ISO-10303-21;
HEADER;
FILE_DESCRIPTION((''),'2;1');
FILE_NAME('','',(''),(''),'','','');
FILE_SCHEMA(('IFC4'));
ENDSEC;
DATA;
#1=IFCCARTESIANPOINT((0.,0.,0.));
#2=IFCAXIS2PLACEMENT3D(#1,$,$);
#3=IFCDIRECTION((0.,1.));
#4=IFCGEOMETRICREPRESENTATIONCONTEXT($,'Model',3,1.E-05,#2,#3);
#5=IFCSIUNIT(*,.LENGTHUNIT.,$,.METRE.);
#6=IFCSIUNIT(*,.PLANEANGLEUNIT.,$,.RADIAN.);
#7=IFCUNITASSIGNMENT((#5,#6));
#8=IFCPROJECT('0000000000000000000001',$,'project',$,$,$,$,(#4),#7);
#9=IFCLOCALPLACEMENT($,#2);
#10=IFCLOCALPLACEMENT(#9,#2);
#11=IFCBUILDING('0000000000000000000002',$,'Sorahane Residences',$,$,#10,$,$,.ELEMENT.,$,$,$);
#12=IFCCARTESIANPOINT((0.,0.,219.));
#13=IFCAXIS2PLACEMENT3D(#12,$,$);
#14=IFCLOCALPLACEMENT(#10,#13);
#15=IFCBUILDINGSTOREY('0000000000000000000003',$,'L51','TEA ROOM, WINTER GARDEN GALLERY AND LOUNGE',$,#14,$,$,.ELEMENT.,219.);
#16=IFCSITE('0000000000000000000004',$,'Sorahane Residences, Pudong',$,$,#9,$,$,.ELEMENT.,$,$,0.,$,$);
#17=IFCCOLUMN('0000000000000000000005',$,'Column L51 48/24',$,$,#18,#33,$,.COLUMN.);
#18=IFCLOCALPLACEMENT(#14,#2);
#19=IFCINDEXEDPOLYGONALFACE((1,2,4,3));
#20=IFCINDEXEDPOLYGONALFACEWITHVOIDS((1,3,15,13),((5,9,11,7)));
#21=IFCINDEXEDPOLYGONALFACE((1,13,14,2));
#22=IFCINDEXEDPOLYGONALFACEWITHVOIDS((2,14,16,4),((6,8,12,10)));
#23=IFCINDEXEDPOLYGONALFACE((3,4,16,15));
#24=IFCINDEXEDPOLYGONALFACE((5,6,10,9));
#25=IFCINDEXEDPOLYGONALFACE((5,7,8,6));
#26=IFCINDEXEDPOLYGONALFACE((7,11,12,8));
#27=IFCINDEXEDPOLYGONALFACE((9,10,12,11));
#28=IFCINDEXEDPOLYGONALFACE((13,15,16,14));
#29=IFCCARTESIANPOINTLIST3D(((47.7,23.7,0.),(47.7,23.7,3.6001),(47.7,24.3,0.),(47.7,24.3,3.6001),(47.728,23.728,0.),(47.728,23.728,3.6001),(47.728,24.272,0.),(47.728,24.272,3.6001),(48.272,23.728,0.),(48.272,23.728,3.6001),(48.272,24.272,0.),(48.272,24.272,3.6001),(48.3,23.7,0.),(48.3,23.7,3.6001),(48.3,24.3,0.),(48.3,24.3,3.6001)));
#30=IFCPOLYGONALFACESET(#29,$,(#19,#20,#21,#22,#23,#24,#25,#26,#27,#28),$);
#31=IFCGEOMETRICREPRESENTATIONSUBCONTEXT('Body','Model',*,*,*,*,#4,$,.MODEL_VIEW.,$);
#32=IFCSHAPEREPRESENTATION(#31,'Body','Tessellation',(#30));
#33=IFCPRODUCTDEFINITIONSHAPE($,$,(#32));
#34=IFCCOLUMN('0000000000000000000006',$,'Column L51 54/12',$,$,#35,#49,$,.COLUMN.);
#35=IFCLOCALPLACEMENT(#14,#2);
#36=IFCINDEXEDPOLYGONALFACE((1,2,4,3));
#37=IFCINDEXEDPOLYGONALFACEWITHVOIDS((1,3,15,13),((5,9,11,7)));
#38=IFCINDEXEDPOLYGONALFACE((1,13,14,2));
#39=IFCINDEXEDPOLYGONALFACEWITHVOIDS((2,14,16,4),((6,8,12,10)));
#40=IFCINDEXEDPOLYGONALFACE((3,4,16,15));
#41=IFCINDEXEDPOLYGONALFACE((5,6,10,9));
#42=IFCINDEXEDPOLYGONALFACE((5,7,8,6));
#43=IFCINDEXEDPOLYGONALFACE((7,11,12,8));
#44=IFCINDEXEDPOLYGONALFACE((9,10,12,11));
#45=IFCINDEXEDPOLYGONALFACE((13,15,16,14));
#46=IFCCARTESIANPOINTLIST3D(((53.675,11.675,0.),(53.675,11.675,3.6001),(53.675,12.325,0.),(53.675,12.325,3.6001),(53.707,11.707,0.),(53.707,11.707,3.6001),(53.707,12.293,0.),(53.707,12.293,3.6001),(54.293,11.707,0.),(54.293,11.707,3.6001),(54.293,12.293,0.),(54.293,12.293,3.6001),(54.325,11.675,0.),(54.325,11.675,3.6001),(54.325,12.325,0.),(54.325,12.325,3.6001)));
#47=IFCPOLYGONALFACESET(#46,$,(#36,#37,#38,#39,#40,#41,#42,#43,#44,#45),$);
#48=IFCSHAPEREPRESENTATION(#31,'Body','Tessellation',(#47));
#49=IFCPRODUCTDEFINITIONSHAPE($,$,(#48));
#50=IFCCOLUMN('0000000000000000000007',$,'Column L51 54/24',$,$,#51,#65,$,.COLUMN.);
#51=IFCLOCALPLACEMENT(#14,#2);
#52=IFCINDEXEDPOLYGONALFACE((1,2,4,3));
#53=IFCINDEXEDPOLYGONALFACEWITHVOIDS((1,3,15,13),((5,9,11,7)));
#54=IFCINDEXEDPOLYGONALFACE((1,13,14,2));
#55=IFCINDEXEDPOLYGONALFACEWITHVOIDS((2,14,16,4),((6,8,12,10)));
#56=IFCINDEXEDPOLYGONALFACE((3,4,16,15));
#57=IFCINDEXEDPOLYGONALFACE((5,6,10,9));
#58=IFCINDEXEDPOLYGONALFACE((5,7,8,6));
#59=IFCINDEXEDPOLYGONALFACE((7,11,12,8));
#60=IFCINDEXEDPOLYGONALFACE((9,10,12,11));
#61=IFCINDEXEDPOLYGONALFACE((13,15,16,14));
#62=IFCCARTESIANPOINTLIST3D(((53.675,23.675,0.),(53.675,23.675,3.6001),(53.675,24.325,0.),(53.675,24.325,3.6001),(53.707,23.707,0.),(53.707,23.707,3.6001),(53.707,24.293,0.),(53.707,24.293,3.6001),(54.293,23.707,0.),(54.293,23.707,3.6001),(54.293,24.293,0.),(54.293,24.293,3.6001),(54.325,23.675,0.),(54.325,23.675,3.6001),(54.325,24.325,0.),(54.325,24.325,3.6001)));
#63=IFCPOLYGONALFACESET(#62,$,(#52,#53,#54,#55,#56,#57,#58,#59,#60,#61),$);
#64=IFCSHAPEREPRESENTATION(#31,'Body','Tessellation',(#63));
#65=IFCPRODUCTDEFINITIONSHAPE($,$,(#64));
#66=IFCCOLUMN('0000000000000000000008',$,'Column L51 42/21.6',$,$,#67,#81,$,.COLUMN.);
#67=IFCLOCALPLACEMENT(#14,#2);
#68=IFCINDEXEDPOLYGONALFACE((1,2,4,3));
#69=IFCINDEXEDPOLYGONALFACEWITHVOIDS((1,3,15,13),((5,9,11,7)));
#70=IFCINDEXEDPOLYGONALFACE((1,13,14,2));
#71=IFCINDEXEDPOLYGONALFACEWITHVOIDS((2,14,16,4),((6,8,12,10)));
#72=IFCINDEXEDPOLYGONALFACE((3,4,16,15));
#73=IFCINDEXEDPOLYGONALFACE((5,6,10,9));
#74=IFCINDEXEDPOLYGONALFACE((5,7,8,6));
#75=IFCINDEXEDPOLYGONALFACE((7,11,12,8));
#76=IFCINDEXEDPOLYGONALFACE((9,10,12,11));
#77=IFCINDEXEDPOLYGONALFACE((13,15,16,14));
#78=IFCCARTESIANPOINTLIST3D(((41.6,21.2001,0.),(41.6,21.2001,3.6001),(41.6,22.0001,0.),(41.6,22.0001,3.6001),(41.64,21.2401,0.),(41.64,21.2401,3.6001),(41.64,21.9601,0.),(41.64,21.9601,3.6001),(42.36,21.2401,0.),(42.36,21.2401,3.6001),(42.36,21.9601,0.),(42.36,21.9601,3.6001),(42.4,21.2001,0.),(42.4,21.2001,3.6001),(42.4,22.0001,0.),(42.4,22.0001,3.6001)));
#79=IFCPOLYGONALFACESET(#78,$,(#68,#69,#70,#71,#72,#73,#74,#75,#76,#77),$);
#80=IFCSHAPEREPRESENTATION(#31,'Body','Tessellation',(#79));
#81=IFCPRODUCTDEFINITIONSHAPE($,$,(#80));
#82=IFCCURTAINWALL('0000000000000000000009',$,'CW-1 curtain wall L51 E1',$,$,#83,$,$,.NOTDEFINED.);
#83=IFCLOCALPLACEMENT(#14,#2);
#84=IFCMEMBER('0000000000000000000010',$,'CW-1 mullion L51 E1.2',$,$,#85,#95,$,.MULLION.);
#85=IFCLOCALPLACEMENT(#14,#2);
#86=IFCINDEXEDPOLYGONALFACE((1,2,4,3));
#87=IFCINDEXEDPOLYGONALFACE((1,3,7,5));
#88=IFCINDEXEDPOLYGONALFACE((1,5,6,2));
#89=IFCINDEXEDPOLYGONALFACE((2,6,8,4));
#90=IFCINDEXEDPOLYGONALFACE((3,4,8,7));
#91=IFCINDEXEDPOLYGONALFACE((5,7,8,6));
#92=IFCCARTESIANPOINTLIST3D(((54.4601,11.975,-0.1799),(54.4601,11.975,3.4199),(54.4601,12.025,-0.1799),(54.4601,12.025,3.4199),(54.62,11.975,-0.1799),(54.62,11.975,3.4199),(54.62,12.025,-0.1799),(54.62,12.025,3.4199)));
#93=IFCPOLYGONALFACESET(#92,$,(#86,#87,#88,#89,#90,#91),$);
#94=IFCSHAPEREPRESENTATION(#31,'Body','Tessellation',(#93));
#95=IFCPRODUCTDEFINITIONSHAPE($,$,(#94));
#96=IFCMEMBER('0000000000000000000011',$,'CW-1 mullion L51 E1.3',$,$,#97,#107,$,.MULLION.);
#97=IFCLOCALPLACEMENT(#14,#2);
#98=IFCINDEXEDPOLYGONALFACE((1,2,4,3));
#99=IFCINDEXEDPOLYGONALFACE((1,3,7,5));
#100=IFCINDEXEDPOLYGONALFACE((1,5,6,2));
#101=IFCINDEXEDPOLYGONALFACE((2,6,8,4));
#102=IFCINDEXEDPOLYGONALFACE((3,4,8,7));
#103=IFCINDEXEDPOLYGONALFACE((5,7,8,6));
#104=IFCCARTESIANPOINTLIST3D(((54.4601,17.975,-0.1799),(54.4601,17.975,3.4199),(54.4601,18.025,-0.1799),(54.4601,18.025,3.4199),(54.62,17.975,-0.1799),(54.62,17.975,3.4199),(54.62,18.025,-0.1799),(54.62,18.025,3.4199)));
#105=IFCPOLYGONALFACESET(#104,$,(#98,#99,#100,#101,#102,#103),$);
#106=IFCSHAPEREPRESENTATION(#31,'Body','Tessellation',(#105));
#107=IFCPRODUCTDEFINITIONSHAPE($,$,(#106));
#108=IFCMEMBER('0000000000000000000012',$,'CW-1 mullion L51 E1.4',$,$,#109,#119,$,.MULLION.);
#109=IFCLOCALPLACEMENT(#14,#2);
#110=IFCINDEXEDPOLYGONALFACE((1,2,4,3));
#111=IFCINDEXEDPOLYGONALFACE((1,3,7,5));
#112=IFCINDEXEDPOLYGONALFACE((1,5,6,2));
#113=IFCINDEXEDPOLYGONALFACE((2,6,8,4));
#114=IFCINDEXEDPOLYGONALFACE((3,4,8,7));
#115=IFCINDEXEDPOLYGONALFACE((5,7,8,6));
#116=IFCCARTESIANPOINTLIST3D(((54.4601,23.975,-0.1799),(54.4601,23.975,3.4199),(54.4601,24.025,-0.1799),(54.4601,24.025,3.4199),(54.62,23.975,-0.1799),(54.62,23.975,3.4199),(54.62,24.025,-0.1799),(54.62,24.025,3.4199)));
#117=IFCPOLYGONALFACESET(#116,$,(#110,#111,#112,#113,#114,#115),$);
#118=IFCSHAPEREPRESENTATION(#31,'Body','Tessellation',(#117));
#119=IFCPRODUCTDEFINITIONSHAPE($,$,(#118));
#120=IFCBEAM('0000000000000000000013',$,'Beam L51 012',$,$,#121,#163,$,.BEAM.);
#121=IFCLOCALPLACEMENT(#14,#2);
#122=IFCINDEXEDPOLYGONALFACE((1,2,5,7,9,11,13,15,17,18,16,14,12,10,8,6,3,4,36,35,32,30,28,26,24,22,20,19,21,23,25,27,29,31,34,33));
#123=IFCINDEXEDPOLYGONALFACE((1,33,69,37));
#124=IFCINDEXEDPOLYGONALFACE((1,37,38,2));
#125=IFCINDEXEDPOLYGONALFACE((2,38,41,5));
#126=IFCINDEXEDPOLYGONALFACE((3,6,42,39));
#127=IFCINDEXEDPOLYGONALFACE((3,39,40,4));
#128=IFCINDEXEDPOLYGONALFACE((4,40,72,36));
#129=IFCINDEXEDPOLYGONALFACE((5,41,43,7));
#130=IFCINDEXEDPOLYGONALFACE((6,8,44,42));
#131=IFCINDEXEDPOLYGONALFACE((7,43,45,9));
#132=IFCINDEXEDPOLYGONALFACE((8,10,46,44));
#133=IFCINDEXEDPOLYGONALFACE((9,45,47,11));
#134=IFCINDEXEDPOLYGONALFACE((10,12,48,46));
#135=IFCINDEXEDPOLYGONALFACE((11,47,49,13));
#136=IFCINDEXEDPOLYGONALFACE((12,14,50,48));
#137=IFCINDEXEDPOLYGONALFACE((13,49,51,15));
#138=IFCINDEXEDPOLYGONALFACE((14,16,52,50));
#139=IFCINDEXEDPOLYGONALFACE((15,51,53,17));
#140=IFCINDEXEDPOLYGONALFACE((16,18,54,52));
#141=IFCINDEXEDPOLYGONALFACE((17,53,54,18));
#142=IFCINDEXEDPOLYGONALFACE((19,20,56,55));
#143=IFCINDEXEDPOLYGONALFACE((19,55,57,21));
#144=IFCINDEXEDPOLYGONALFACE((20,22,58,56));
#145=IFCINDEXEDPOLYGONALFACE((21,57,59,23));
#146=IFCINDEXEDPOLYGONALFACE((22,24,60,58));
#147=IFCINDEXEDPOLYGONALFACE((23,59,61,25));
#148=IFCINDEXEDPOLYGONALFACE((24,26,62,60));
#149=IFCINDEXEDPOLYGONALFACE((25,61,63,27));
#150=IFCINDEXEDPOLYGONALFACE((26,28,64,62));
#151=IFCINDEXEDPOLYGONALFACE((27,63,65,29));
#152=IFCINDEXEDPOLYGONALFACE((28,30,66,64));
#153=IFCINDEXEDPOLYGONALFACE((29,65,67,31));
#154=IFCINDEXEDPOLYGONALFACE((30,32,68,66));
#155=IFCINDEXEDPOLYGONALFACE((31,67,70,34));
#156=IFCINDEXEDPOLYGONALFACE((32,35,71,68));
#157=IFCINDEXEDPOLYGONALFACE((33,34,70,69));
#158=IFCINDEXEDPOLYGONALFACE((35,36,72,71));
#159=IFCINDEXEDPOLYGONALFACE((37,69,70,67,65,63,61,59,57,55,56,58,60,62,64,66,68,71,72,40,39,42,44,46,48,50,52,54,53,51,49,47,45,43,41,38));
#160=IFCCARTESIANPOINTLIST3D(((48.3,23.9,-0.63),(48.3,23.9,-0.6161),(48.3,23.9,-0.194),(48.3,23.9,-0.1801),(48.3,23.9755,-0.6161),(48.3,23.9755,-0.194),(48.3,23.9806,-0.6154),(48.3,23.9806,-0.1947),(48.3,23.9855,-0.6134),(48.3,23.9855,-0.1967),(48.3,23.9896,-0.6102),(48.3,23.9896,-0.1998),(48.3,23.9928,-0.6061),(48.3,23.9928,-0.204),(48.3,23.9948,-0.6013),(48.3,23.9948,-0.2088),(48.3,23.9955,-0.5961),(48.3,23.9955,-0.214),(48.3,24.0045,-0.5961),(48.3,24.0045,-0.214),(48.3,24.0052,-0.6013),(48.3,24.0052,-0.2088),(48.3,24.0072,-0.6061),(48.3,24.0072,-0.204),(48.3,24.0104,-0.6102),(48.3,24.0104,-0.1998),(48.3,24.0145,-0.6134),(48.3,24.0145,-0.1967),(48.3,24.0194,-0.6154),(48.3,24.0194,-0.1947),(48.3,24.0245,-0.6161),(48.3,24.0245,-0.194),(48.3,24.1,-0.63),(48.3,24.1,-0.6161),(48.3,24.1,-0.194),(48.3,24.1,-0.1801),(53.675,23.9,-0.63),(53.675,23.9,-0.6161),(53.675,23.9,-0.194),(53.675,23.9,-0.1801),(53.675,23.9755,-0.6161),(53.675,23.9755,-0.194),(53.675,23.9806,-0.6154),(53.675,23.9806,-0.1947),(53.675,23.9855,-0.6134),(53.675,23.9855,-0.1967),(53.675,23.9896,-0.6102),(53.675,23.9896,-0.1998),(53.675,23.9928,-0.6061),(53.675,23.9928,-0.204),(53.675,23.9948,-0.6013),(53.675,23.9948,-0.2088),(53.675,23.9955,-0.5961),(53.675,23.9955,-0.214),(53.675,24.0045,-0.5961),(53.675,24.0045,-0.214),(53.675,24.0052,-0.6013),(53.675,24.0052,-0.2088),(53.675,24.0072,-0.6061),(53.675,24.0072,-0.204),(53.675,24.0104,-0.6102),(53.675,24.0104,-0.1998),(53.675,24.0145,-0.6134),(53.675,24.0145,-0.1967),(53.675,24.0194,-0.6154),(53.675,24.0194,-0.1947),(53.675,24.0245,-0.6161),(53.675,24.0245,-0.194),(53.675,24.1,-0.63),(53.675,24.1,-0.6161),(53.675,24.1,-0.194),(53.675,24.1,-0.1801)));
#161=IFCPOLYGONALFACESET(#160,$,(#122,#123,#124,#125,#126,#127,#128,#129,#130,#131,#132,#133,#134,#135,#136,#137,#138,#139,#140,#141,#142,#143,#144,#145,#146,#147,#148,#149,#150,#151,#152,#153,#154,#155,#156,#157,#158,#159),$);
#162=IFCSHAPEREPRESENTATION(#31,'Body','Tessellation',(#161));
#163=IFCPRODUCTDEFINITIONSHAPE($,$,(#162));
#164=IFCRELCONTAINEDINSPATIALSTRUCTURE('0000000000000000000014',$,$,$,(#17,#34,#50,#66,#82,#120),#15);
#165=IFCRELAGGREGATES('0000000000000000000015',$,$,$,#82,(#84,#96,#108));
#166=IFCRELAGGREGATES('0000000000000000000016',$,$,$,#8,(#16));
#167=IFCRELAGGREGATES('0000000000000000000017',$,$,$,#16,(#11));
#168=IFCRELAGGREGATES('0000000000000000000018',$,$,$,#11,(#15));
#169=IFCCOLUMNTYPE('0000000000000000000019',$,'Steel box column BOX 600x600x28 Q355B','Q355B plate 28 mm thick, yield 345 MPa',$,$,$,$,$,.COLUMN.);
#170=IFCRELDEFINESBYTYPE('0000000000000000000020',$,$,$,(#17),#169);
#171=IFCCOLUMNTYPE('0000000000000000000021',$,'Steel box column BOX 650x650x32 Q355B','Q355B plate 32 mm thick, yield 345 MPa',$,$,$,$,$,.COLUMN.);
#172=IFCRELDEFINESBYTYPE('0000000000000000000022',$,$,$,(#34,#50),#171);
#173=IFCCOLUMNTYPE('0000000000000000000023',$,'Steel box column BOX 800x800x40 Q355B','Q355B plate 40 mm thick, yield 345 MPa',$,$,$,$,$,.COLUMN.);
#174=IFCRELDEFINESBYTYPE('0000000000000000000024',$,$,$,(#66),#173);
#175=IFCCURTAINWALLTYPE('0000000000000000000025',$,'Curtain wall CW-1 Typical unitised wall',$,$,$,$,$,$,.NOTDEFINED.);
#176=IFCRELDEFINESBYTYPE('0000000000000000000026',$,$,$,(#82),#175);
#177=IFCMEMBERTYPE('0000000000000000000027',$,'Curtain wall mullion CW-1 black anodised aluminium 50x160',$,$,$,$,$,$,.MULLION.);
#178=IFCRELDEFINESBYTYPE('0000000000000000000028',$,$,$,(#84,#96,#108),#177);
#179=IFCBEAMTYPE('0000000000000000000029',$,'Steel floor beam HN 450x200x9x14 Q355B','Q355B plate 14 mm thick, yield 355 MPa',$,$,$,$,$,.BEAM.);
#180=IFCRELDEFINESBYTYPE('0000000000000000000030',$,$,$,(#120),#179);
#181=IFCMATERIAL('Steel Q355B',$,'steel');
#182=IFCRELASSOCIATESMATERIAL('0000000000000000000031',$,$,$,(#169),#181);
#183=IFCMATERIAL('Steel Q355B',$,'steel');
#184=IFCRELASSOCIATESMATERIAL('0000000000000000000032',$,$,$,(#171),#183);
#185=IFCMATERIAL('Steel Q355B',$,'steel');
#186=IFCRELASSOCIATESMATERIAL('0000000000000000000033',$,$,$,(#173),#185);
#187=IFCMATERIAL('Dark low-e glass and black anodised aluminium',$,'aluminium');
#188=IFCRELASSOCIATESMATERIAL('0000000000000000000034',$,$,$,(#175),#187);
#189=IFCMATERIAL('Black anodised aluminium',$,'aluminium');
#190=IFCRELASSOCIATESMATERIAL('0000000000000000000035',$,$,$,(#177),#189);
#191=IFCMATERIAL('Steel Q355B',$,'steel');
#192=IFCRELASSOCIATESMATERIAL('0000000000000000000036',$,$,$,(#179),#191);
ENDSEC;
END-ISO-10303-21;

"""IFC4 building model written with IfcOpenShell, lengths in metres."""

from ifc_helpers import new_model, si_unit, direction, frame, origin, origin_2d, place, context, subcontext, project, spatial, rectangle, hollow_rectangle, i_section, extrude, material, material_profile, profile_set, type_object, element, aggregate, save


model = new_model("IFC4")

# Units and contexts
model_context = context("Model", 3, precision=1e-05, world=origin(), true_north=direction((0.0, 1.0)))
body_context = subcontext(model_context, "Body", "Model", "MODEL_VIEW")
ifc_project = project(units=[si_unit("LENGTHUNIT", "METRE"), si_unit("PLANEANGLEUNIT", "RADIAN")], contexts=[model_context])

# Site, building, storey
site_placement = place(None, origin())
site = spatial("IfcSite", under=ifc_project, at=site_placement, Name="Sorahane Residences, Pudong", CompositionType="ELEMENT", RefElevation=0.0)
building_placement = place(site_placement, origin())
building = spatial("IfcBuilding", under=site, at=building_placement, Name="Sorahane Residences", CompositionType="ELEMENT")
storey_placement = place(building_placement, frame((0.0, 0.0, 219.0)))
storey = spatial("IfcBuildingStorey", under=building, at=storey_placement, Name="L51", Description="TEA ROOM, WINTER GARDEN GALLERY AND LOUNGE", CompositionType="ELEMENT", Elevation=219.0)

# Columns
ifc_material_1 = material(Name="Steel Q355B", Category="steel")
ifc_material_profile_1 = material_profile(ifc_material_1, hollow_rectangle(XDim=0.6001, YDim=0.6001, WallThickness=0.0281, at=origin_2d()), Name="BOX 600x600x28")
ifc_profile_set_1 = profile_set([ifc_material_profile_1], Name="Steel Q355B")
column_type_1 = type_object("IfcColumnType", Name="Steel box column BOX 600x600x28 Q355B", Description="Q355B plate 28 mm thick, yield 345 MPa", PredefinedType="COLUMN", material=ifc_profile_set_1)
column_1_placement = place(storey_placement, frame((48.0, 24.0, 0.0), z_axis=(0.0, 0.0, 1.0), x_axis=(1.0, 0.0, 0.0)))
element("IfcColumn", 1, at=column_1_placement, inside=storey, type_object=column_type_1, Name="Column L51 48/24", PredefinedType="COLUMN", context=body_context, shape_type="SweptSolid", body=[
    extrude(hollow_rectangle(XDim=0.6001, YDim=0.6001, WallThickness=0.0281, at=origin_2d()), origin(), (0.0, 0.0, 1.0), 3.6001),
])
ifc_material_2 = material(Name="Steel Q355B", Category="steel")
ifc_material_profile_2 = material_profile(ifc_material_2, hollow_rectangle(XDim=0.6499, YDim=0.6499, WallThickness=0.032, at=origin_2d()), Name="BOX 650x650x32")
ifc_profile_set_2 = profile_set([ifc_material_profile_2], Name="Steel Q355B")
column_type_2 = type_object("IfcColumnType", Name="Steel box column BOX 650x650x32 Q355B", Description="Q355B plate 32 mm thick, yield 345 MPa", PredefinedType="COLUMN", material=ifc_profile_set_2)
for number, where, z_axis, x_axis, name in (
    (2, (54.0, 12.0, 0.0), (0.0, 0.0, 1.0), (1.0, 0.0, 0.0), "Column L51 54/12"),
    (3, (54.0, 24.0, 0.0), (0.0, 0.0, 1.0), (1.0, 0.0, 0.0), "Column L51 54/24"),
):
    element("IfcColumn", number, at=place(storey_placement, frame(where, z_axis=z_axis, x_axis=x_axis)), inside=storey, type_object=column_type_2, Name=name, PredefinedType="COLUMN", context=body_context, shape_type="SweptSolid", body=[
        extrude(hollow_rectangle(XDim=0.6499, YDim=0.6499, WallThickness=0.032, at=origin_2d()), origin(), (0.0, 0.0, 1.0), 3.6001),
    ])
ifc_material_3 = material(Name="Steel Q355B", Category="steel")
ifc_material_profile_3 = material_profile(ifc_material_3, hollow_rectangle(XDim=0.8, YDim=0.8, WallThickness=0.04, at=origin_2d()), Name="BOX 800x800x40")
ifc_profile_set_3 = profile_set([ifc_material_profile_3], Name="Steel Q355B")
column_type_3 = type_object("IfcColumnType", Name="Steel box column BOX 800x800x40 Q355B", Description="Q355B plate 40 mm thick, yield 345 MPa", PredefinedType="COLUMN", material=ifc_profile_set_3)
column_2_placement = place(storey_placement, frame((42.0, 21.6001, 0.0), z_axis=(0.0, 0.0, 1.0), x_axis=(1.0, 0.0, 0.0)))
element("IfcColumn", 4, at=column_2_placement, inside=storey, type_object=column_type_3, Name="Column L51 42/21.6", PredefinedType="COLUMN", context=body_context, shape_type="SweptSolid", body=[
    extrude(hollow_rectangle(XDim=0.8, YDim=0.8, WallThickness=0.04, at=origin_2d()), origin(), (0.0, 0.0, 1.0), 3.6001),
])

# Curtain wall, members
ifc_material_4 = material(Name="Dark low-e glass and black anodised aluminium", Category="aluminium")
curtain_wall_type = type_object("IfcCurtainWallType", Name="Curtain wall CW-1 Typical unitised wall", PredefinedType="NOTDEFINED", material=ifc_material_4)
curtain_wall_placement = place(storey_placement, origin())
curtain_wall = element("IfcCurtainWall", 5, at=curtain_wall_placement, inside=storey, type_object=curtain_wall_type, Name="CW-1 curtain wall L51 E1", PredefinedType="NOTDEFINED")
ifc_material_5 = material(Name="Black anodised aluminium", Category="aluminium")
ifc_material_profile_4 = material_profile(ifc_material_5, rectangle(XDim=0.1599, YDim=0.05, at=origin_2d()), Name="Curtain wall mullion CW-1 black anodised aluminium 50x160")
ifc_profile_set_4 = profile_set([ifc_material_profile_4], Name="Black anodised aluminium")
member_type = type_object("IfcMemberType", Name="Curtain wall mullion CW-1 black anodised aluminium 50x160", PredefinedType="MULLION", material=ifc_profile_set_4)
member_1_placement = place(storey_placement, frame((54.54, 12.0, -0.1799), z_axis=(0.0, 0.0, 1.0), x_axis=(1.0, 0.0, 0.0)))
member_1 = element("IfcMember", 6, at=member_1_placement, type_object=member_type, Name="CW-1 mullion L51 E1.2", PredefinedType="MULLION", context=body_context, shape_type="SweptSolid", body=[
    extrude(rectangle(XDim=0.1599, YDim=0.05, at=origin_2d()), origin(), (0.0, 0.0, 1.0), 3.5999),
])
member_2_placement = place(storey_placement, frame((54.54, 18.0, -0.1799), z_axis=(0.0, 0.0, 1.0), x_axis=(1.0, 0.0, 0.0)))
member_2 = element("IfcMember", 7, at=member_2_placement, type_object=member_type, Name="CW-1 mullion L51 E1.3", PredefinedType="MULLION", context=body_context, shape_type="SweptSolid", body=[
    extrude(rectangle(XDim=0.1599, YDim=0.05, at=origin_2d()), origin(), (0.0, 0.0, 1.0), 3.5999),
])
member_3_placement = place(storey_placement, frame((54.54, 24.0, -0.1799), z_axis=(0.0, 0.0, 1.0), x_axis=(1.0, 0.0, 0.0)))
member_3 = element("IfcMember", 8, at=member_3_placement, type_object=member_type, Name="CW-1 mullion L51 E1.4", PredefinedType="MULLION", context=body_context, shape_type="SweptSolid", body=[
    extrude(rectangle(XDim=0.1599, YDim=0.05, at=origin_2d()), origin(), (0.0, 0.0, 1.0), 3.5999),
])

# Beam
ifc_material_6 = material(Name="Steel Q355B", Category="steel")
ifc_material_profile_5 = material_profile(ifc_material_6, i_section(OverallWidth=0.2, OverallDepth=0.45, WebThickness=0.009, FlangeThickness=0.0139, FilletRadius=0.02, at=origin_2d()), Name="HN 450x200x9x14")
ifc_profile_set_5 = profile_set([ifc_material_profile_5], Name="Steel Q355B")
beam_type_1 = type_object("IfcBeamType", Name="Steel floor beam HN 450x200x9x14 Q355B", Description="Q355B plate 14 mm thick, yield 355 MPa", PredefinedType="BEAM", material=ifc_profile_set_5)
beam_1_placement = place(storey_placement, frame((48.3, 24.0, -0.405), z_axis=(1.0, 0.0, 0.0), x_axis=(0.0, 1.0, 0.0)))
element("IfcBeam", 9, at=beam_1_placement, inside=storey, type_object=beam_type_1, Name="Beam L51 012", PredefinedType="BEAM", context=body_context, shape_type="SweptSolid", body=[
    extrude(i_section(OverallWidth=0.2, OverallDepth=0.45, WebThickness=0.009, FlangeThickness=0.0139, FilletRadius=0.02, at=origin_2d()), origin(), (0.0, 0.0, 1.0), 5.375),
])

aggregate(curtain_wall, [member_1, member_2, member_3])

save(model, "model.ifc")
